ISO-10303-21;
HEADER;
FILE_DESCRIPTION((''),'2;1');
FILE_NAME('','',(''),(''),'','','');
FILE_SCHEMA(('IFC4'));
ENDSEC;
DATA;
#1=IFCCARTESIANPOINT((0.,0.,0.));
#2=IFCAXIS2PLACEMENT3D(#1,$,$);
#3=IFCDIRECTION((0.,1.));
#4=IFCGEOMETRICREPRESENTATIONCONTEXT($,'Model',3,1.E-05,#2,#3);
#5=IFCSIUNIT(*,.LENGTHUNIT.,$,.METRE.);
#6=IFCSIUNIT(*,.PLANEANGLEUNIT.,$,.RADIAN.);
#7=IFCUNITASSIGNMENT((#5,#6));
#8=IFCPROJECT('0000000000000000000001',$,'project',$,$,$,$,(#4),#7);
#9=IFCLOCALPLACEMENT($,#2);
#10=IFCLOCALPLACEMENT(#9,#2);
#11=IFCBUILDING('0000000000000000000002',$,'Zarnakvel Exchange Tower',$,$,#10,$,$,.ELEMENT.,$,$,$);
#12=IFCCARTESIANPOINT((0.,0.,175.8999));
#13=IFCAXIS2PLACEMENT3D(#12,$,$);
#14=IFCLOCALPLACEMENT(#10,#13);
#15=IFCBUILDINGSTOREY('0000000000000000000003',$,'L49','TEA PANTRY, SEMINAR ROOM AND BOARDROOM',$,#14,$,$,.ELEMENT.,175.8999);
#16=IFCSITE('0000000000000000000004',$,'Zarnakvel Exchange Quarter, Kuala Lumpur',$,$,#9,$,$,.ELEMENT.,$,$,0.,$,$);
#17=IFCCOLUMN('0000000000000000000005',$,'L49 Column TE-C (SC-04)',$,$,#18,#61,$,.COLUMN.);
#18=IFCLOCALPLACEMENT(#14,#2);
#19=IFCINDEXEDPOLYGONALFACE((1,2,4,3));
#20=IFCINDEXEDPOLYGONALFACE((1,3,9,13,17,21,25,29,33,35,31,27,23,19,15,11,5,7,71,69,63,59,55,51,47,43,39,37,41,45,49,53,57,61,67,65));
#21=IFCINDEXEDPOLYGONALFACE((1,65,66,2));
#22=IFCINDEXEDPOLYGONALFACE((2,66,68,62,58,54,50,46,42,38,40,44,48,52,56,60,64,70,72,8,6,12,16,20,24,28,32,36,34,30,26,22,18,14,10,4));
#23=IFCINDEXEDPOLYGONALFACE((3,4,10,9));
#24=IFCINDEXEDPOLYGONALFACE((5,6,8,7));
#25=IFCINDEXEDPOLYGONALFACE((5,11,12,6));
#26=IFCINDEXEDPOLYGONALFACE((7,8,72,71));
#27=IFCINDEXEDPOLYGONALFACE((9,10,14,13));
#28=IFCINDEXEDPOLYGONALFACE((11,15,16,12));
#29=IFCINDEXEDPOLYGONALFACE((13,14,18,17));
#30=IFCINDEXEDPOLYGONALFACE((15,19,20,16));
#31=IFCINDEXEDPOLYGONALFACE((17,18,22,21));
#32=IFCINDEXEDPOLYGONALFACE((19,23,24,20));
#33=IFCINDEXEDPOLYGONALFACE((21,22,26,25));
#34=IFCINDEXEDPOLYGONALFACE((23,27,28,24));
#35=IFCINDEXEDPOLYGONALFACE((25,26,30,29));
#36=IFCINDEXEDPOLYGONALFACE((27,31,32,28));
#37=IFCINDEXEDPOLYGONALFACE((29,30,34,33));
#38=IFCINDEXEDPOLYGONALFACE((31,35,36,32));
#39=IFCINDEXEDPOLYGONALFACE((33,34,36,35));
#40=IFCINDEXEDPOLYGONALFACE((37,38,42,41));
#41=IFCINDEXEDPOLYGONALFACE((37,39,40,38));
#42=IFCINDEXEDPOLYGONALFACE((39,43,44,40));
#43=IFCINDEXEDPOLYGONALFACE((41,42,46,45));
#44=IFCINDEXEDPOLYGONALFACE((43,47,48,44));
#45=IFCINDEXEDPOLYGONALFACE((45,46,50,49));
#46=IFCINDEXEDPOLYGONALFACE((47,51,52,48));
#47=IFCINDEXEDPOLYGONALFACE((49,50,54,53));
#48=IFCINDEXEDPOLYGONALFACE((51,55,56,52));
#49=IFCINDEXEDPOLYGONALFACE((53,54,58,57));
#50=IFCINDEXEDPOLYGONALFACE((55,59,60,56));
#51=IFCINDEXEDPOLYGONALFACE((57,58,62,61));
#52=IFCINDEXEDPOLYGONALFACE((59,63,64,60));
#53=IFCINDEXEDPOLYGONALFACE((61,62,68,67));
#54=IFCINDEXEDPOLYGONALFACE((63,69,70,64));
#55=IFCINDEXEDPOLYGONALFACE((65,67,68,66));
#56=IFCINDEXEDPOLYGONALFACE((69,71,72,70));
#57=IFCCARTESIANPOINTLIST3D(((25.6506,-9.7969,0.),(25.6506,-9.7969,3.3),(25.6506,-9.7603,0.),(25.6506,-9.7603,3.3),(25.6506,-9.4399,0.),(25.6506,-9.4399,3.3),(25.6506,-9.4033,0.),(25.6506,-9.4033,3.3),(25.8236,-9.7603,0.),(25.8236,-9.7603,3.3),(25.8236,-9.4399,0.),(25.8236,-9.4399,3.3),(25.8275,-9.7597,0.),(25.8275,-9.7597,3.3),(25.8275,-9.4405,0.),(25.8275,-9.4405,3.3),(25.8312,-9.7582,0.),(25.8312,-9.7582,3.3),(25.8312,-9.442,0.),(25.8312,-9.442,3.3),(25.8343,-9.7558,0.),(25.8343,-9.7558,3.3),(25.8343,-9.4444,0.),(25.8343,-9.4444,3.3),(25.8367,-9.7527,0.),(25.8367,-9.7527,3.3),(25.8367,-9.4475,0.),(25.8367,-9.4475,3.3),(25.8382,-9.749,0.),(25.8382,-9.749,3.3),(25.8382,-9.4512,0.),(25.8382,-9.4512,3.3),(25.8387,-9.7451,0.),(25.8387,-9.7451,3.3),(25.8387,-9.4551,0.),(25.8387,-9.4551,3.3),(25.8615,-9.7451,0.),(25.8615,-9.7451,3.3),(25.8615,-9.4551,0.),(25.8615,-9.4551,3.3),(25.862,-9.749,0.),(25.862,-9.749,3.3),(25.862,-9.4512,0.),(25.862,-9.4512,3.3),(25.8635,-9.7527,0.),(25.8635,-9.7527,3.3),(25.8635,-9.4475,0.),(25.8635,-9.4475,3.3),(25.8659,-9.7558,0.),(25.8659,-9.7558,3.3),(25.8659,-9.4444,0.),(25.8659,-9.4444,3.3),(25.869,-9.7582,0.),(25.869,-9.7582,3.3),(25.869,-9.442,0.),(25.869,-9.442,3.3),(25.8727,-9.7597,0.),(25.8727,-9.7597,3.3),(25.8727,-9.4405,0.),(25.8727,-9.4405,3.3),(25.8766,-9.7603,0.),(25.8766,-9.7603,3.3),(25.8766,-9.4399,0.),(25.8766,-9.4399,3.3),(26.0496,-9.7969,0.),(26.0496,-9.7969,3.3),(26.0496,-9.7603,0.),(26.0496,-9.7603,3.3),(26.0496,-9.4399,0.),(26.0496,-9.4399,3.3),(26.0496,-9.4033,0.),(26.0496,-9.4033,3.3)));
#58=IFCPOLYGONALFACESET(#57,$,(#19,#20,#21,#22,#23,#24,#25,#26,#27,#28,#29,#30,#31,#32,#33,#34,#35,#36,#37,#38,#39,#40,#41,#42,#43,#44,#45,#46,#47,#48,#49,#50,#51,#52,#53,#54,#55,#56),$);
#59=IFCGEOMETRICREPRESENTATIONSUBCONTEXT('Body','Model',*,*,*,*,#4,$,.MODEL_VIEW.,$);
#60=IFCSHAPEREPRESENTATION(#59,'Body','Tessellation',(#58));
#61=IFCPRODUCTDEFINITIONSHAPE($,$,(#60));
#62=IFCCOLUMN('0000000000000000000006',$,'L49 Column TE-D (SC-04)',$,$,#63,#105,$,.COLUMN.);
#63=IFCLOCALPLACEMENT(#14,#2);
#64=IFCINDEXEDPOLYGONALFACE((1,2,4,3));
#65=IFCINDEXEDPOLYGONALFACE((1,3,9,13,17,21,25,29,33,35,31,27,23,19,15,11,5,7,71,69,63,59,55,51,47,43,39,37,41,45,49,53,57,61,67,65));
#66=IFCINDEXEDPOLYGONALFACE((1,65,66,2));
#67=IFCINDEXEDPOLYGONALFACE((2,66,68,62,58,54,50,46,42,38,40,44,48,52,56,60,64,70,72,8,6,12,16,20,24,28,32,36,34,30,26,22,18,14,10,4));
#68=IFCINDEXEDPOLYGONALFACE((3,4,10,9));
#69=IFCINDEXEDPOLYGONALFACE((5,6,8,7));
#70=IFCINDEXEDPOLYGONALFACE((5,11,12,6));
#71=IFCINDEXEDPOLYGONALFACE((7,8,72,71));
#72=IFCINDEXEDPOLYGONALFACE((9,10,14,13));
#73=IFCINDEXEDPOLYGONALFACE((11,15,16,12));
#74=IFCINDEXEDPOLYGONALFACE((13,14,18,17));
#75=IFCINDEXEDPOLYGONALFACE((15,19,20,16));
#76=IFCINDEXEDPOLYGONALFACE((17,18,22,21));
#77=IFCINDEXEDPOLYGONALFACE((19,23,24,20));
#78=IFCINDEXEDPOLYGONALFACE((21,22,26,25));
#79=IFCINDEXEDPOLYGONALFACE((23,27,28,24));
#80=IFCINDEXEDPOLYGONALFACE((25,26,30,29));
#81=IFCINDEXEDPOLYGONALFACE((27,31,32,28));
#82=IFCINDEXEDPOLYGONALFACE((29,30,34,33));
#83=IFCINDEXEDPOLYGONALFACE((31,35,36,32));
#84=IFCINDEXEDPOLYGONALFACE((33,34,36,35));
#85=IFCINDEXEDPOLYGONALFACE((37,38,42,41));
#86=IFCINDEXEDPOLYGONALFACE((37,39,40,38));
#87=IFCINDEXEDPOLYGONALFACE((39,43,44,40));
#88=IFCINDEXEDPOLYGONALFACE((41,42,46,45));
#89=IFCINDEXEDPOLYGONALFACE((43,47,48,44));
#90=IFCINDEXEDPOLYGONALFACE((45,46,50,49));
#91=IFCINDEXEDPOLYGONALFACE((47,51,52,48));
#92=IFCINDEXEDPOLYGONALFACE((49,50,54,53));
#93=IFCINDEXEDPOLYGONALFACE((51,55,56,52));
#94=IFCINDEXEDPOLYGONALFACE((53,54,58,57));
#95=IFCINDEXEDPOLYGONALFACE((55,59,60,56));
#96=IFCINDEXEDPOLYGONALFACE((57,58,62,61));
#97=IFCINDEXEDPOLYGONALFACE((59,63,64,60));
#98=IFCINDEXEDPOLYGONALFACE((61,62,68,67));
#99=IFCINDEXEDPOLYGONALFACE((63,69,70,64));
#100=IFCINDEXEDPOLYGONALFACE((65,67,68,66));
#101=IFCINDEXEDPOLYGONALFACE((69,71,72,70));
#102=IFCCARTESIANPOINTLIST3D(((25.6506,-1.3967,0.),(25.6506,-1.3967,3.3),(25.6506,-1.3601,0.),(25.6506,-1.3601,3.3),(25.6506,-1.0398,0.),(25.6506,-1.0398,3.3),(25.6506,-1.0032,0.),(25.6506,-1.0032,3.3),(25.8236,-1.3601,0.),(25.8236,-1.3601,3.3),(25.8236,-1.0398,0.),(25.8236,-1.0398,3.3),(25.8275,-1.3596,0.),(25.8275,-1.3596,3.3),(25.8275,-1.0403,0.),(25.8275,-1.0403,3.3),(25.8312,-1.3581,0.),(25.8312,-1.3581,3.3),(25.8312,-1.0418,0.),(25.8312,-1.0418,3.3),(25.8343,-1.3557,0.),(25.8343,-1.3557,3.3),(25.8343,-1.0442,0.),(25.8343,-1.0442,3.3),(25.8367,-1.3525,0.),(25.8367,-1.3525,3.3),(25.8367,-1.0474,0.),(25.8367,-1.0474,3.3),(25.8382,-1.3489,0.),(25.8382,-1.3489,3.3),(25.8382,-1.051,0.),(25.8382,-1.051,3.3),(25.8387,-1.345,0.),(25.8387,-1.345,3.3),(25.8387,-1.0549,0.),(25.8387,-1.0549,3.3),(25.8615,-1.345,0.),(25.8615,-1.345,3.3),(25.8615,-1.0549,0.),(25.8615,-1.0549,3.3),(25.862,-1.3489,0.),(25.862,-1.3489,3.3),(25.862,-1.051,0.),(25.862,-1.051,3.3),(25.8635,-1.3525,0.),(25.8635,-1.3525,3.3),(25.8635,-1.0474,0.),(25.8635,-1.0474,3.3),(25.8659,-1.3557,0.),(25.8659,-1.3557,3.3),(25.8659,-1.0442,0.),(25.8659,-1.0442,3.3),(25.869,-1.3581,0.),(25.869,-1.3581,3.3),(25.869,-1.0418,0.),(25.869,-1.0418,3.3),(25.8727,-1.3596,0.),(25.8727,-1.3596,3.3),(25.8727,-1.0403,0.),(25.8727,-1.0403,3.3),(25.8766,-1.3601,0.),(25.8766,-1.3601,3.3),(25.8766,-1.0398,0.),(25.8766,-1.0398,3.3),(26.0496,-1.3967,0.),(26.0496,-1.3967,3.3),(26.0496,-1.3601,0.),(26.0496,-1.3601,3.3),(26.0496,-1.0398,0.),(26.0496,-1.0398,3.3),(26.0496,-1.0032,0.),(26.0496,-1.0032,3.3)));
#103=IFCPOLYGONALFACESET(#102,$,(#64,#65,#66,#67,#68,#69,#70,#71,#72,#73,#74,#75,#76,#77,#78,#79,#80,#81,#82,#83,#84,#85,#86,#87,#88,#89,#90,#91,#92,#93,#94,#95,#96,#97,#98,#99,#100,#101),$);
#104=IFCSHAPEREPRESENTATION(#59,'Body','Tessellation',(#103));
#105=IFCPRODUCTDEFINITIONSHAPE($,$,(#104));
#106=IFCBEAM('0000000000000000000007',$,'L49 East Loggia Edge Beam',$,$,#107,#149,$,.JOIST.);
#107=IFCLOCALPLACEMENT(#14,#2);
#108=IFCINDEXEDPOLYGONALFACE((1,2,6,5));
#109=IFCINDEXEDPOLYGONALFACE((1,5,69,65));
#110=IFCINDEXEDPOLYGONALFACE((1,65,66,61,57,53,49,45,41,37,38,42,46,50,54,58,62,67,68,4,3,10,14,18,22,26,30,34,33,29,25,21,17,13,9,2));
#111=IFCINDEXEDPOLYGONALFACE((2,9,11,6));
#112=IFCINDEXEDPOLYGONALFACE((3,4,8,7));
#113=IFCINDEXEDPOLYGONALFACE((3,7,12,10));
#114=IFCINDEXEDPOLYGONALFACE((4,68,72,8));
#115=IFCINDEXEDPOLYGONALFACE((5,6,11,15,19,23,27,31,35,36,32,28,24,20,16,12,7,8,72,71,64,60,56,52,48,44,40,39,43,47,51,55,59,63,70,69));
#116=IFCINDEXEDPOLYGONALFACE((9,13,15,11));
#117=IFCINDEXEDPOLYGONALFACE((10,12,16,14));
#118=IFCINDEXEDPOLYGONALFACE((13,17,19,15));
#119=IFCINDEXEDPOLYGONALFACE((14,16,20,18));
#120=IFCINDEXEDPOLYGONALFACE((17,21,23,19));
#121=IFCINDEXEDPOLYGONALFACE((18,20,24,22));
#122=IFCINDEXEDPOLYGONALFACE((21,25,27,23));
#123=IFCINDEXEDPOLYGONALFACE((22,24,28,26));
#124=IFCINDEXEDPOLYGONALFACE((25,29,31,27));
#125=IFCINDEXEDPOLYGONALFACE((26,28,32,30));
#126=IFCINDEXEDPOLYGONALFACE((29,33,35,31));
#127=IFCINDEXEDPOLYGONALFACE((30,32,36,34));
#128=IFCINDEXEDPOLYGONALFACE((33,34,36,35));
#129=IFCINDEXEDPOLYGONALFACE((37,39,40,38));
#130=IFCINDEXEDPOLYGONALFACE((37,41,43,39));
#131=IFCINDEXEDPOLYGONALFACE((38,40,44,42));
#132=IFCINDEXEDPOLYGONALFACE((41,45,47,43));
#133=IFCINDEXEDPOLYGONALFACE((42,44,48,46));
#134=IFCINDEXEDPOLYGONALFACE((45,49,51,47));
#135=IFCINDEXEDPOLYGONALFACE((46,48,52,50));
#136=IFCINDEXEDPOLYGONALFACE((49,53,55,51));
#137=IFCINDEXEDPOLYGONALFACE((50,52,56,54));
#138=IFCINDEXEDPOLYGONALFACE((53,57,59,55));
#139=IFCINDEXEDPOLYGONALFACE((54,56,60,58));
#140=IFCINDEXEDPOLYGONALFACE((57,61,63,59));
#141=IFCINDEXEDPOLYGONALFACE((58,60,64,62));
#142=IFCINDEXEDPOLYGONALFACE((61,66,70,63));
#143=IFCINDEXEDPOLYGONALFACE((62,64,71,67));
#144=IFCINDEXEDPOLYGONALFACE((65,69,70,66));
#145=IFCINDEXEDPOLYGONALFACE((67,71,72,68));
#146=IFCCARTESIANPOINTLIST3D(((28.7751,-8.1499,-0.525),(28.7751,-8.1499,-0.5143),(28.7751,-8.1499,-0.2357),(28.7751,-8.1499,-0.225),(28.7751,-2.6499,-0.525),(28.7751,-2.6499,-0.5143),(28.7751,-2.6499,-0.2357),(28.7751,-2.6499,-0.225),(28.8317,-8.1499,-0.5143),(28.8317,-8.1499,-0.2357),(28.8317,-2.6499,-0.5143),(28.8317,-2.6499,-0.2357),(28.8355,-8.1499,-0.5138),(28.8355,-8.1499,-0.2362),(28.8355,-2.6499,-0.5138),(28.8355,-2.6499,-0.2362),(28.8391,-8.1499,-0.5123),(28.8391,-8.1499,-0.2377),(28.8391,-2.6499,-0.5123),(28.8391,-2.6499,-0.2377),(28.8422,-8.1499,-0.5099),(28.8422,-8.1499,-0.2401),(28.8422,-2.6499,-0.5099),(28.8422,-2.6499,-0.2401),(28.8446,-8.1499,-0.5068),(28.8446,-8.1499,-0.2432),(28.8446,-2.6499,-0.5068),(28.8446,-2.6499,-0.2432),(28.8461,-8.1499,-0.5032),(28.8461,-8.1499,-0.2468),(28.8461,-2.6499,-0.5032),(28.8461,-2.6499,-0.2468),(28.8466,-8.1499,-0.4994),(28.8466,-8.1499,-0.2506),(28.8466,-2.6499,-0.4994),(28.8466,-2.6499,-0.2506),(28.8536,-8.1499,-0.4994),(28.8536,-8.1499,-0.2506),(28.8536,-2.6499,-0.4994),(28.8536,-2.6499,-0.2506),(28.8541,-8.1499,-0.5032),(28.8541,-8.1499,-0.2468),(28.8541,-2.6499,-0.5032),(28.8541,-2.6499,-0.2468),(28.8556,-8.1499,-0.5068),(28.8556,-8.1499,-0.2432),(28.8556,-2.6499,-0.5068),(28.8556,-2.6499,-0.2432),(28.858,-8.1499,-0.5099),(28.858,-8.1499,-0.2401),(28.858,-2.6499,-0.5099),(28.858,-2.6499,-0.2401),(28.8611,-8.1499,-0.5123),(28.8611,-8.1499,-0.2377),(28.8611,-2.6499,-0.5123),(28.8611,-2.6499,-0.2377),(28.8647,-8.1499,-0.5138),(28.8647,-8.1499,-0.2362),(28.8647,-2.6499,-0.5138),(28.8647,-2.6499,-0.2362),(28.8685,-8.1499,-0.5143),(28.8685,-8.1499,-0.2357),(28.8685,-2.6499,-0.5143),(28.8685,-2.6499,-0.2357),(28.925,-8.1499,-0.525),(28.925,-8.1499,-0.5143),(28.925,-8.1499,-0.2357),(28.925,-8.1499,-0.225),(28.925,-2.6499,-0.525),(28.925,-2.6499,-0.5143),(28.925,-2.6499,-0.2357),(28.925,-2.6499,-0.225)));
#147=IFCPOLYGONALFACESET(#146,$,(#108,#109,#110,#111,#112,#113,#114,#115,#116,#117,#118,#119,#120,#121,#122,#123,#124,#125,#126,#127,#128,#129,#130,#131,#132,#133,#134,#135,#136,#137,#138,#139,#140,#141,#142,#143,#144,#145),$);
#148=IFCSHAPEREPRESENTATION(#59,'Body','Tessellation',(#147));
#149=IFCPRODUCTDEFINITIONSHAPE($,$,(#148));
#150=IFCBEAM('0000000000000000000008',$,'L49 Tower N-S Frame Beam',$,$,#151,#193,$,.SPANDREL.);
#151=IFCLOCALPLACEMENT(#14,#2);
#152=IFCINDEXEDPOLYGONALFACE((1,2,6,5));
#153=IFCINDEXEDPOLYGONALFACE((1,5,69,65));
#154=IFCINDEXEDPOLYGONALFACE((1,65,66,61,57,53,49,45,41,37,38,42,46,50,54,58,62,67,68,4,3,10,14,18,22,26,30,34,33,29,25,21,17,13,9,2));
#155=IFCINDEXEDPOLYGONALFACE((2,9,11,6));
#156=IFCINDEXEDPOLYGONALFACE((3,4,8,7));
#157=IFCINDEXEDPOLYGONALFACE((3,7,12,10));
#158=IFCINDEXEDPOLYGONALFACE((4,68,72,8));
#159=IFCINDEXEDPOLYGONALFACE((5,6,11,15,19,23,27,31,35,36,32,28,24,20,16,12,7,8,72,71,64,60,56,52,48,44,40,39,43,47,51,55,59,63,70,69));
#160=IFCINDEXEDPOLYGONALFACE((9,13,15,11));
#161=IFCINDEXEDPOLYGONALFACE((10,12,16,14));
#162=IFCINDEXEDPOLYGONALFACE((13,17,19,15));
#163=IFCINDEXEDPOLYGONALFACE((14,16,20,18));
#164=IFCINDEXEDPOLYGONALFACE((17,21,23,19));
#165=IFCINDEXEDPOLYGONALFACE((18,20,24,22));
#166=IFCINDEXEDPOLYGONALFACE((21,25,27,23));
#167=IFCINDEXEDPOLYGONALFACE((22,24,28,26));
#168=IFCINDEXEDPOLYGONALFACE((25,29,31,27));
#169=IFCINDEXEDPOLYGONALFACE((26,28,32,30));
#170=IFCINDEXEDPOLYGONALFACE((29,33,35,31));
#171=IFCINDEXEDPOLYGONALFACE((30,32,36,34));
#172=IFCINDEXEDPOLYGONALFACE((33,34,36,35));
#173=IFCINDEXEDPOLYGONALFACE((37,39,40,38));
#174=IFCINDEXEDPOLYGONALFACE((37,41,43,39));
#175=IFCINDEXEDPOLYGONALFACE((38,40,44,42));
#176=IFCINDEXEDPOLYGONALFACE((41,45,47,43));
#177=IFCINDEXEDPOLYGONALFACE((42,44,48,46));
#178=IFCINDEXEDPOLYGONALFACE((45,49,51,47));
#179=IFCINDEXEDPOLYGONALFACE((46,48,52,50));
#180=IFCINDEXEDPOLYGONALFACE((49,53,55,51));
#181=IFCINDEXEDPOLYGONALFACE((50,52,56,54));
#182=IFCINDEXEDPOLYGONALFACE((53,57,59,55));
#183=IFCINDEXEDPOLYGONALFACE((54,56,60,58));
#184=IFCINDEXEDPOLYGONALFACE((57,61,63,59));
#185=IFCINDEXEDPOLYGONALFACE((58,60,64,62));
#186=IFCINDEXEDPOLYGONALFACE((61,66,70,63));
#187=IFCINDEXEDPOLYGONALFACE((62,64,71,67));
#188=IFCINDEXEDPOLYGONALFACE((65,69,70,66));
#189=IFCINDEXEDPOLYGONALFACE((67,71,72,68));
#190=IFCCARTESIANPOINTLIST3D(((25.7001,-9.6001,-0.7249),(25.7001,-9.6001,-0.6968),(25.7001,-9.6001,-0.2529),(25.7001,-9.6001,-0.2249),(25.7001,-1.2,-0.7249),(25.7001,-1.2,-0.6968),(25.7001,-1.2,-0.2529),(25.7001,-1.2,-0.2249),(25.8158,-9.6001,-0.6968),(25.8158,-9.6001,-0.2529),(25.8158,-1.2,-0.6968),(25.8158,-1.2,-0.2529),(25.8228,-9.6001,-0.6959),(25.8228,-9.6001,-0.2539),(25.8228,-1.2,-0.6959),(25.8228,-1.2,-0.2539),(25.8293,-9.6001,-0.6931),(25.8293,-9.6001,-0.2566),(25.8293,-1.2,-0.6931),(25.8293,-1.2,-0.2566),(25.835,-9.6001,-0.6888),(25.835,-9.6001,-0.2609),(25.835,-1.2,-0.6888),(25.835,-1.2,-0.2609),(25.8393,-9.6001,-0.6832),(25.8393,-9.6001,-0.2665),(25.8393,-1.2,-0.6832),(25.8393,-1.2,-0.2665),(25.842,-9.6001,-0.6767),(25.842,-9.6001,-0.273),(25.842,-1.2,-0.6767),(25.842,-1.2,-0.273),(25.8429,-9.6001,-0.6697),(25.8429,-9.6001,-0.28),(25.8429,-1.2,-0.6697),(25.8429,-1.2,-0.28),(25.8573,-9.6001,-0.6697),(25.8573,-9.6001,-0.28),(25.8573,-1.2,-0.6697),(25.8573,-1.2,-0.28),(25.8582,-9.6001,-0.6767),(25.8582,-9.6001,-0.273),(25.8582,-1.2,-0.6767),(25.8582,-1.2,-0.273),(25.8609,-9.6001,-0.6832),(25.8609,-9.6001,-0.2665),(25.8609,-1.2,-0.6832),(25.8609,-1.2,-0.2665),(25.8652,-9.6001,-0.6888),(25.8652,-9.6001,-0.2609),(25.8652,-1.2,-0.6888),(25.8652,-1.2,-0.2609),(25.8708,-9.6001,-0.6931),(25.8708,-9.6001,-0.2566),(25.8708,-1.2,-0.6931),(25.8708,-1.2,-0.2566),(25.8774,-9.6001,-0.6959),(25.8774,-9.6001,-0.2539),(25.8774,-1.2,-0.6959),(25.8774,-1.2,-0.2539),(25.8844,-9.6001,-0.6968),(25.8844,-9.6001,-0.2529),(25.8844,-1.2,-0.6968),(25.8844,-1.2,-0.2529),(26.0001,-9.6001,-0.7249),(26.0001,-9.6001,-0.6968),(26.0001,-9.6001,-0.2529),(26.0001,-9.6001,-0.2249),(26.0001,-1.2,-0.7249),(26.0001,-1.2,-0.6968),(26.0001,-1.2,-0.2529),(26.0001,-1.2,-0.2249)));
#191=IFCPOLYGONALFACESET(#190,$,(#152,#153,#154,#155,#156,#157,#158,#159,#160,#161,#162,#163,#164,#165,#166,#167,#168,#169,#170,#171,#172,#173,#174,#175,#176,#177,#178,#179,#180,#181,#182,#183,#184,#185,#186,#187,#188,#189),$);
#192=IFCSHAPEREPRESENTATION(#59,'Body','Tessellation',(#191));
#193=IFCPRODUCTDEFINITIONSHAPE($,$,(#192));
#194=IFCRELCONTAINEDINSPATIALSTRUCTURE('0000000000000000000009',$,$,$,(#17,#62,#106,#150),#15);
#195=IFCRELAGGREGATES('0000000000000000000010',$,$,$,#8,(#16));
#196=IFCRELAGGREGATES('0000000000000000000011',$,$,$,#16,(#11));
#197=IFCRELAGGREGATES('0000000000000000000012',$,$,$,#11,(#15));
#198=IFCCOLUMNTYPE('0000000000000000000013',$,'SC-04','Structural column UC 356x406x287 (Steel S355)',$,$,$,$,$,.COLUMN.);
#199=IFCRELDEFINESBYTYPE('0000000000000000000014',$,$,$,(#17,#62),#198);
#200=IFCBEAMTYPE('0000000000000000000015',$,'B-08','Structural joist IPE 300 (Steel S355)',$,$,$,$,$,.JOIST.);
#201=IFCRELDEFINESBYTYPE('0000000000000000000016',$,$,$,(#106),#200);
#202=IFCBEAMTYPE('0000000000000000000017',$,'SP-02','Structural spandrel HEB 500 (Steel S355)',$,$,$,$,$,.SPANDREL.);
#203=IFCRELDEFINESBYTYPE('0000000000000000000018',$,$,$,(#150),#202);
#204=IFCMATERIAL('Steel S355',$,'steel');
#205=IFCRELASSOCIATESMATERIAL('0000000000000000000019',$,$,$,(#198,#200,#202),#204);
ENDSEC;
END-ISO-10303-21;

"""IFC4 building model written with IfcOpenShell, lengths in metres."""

from ifc_helpers import new_model, si_unit, direction, frame, origin, origin_2d, place, context, subcontext, project, spatial, i_section, extrude, material, material_profile, profile_set, type_object, element, save


model = new_model("IFC4")

# Units and contexts
model_context = context("Model", 3, precision=1e-05, world=origin(), true_north=direction((0.0, 1.0)))
body_context = subcontext(model_context, "Body", "Model", "MODEL_VIEW")
ifc_project = project(units=[si_unit("LENGTHUNIT", "METRE"), si_unit("PLANEANGLEUNIT", "RADIAN")], contexts=[model_context])

# Site, building, storey
site_placement = place(None, origin())
site = spatial("IfcSite", under=ifc_project, at=site_placement, Name="Zarnakvel Exchange Quarter, Kuala Lumpur", CompositionType="ELEMENT", RefElevation=0.0)
building_placement = place(site_placement, origin())
building = spatial("IfcBuilding", under=site, at=building_placement, Name="Zarnakvel Exchange Tower", CompositionType="ELEMENT")
storey_placement = place(building_placement, frame((0.0, 0.0, 175.8999)))
storey = spatial("IfcBuildingStorey", under=building, at=storey_placement, Name="L49", Description="TEA PANTRY, SEMINAR ROOM AND BOARDROOM", CompositionType="ELEMENT", Elevation=175.8999)

# Columns
ifc_material_1 = material(Name="Steel S355", Category="steel")
ifc_material_profile_1 = material_profile(ifc_material_1, i_section(OverallWidth=0.3989, OverallDepth=0.3936, WebThickness=0.0227, FlangeThickness=0.0366, FilletRadius=0.0151, at=origin_2d()))
ifc_profile_set_1 = profile_set([ifc_material_profile_1], Name="Steel S355")
column_type = type_object("IfcColumnType", Name="SC-04", Description="Structural column UC 356x406x287 (Steel S355)", PredefinedType="COLUMN", material=ifc_profile_set_1)
for number, where, z_axis, x_axis, name in (
    (1, (25.8501, -9.6001, 0.0), (0.0, 0.0, 1.0), (1.0, 0.0, 0.0), "L49 Column TE-C (SC-04)"),
    (2, (25.8501, -1.2, 0.0), (0.0, 0.0, 1.0), (1.0, 0.0, 0.0), "L49 Column TE-D (SC-04)"),
):
    element("IfcColumn", number, at=place(storey_placement, frame(where, z_axis=z_axis, x_axis=x_axis)), inside=storey, type_object=column_type, Name=name, PredefinedType="COLUMN", context=body_context, shape_type="SweptSolid", body=[
        extrude(i_section(OverallWidth=0.3989, OverallDepth=0.3936, WebThickness=0.0227, FlangeThickness=0.0366, FilletRadius=0.0151, at=origin_2d()), origin(), (0.0, 0.0, 1.0), 3.3),
    ])

# Beams
ifc_material_profile_2 = material_profile(ifc_material_1, i_section(OverallWidth=0.1499, OverallDepth=0.3, WebThickness=0.0071, FlangeThickness=0.0107, FilletRadius=0.0149, at=origin_2d()))
ifc_profile_set_2 = profile_set([ifc_material_profile_2], Name="Steel S355")
beam_type_1 = type_object("IfcBeamType", Name="B-08", Description="Structural joist IPE 300 (Steel S355)", PredefinedType="JOIST", material=ifc_profile_set_2)
beam_1_placement = place(storey_placement, frame((28.8501, -8.1499, -0.375), z_axis=(0.0, 1.0, 0.0), x_axis=(-1.0, 0.0, 0.0)))
element("IfcBeam", 3, at=beam_1_placement, inside=storey, type_object=beam_type_1, Name="L49 East Loggia Edge Beam", PredefinedType="JOIST", context=body_context, shape_type="SweptSolid", body=[
    extrude(i_section(OverallWidth=0.1499, OverallDepth=0.3, WebThickness=0.0071, FlangeThickness=0.0107, FilletRadius=0.0149, at=origin_2d()), origin(), (0.0, 0.0, 1.0), 5.5),
])
ifc_material_profile_3 = material_profile(ifc_material_1, i_section(OverallWidth=0.3, OverallDepth=0.5, WebThickness=0.0144, FlangeThickness=0.0281, FilletRadius=0.0271, at=origin_2d()))
ifc_profile_set_3 = profile_set([ifc_material_profile_3], Name="Steel S355")
beam_type_2 = type_object("IfcBeamType", Name="SP-02", Description="Structural spandrel HEB 500 (Steel S355)", PredefinedType="SPANDREL", material=ifc_profile_set_3)
beam_2_placement = place(storey_placement, frame((25.8501, -9.6001, -0.4749), z_axis=(0.0, 1.0, 0.0), x_axis=(-1.0, 0.0, 0.0)))
element("IfcBeam", 4, at=beam_2_placement, inside=storey, type_object=beam_type_2, Name="L49 Tower N-S Frame Beam", PredefinedType="SPANDREL", context=body_context, shape_type="SweptSolid", body=[
    extrude(i_section(OverallWidth=0.3, OverallDepth=0.5, WebThickness=0.0144, FlangeThickness=0.0281, FilletRadius=0.0271, at=origin_2d()), origin(), (0.0, 0.0, 1.0), 8.4001),
])

save(model, "model.ifc")
